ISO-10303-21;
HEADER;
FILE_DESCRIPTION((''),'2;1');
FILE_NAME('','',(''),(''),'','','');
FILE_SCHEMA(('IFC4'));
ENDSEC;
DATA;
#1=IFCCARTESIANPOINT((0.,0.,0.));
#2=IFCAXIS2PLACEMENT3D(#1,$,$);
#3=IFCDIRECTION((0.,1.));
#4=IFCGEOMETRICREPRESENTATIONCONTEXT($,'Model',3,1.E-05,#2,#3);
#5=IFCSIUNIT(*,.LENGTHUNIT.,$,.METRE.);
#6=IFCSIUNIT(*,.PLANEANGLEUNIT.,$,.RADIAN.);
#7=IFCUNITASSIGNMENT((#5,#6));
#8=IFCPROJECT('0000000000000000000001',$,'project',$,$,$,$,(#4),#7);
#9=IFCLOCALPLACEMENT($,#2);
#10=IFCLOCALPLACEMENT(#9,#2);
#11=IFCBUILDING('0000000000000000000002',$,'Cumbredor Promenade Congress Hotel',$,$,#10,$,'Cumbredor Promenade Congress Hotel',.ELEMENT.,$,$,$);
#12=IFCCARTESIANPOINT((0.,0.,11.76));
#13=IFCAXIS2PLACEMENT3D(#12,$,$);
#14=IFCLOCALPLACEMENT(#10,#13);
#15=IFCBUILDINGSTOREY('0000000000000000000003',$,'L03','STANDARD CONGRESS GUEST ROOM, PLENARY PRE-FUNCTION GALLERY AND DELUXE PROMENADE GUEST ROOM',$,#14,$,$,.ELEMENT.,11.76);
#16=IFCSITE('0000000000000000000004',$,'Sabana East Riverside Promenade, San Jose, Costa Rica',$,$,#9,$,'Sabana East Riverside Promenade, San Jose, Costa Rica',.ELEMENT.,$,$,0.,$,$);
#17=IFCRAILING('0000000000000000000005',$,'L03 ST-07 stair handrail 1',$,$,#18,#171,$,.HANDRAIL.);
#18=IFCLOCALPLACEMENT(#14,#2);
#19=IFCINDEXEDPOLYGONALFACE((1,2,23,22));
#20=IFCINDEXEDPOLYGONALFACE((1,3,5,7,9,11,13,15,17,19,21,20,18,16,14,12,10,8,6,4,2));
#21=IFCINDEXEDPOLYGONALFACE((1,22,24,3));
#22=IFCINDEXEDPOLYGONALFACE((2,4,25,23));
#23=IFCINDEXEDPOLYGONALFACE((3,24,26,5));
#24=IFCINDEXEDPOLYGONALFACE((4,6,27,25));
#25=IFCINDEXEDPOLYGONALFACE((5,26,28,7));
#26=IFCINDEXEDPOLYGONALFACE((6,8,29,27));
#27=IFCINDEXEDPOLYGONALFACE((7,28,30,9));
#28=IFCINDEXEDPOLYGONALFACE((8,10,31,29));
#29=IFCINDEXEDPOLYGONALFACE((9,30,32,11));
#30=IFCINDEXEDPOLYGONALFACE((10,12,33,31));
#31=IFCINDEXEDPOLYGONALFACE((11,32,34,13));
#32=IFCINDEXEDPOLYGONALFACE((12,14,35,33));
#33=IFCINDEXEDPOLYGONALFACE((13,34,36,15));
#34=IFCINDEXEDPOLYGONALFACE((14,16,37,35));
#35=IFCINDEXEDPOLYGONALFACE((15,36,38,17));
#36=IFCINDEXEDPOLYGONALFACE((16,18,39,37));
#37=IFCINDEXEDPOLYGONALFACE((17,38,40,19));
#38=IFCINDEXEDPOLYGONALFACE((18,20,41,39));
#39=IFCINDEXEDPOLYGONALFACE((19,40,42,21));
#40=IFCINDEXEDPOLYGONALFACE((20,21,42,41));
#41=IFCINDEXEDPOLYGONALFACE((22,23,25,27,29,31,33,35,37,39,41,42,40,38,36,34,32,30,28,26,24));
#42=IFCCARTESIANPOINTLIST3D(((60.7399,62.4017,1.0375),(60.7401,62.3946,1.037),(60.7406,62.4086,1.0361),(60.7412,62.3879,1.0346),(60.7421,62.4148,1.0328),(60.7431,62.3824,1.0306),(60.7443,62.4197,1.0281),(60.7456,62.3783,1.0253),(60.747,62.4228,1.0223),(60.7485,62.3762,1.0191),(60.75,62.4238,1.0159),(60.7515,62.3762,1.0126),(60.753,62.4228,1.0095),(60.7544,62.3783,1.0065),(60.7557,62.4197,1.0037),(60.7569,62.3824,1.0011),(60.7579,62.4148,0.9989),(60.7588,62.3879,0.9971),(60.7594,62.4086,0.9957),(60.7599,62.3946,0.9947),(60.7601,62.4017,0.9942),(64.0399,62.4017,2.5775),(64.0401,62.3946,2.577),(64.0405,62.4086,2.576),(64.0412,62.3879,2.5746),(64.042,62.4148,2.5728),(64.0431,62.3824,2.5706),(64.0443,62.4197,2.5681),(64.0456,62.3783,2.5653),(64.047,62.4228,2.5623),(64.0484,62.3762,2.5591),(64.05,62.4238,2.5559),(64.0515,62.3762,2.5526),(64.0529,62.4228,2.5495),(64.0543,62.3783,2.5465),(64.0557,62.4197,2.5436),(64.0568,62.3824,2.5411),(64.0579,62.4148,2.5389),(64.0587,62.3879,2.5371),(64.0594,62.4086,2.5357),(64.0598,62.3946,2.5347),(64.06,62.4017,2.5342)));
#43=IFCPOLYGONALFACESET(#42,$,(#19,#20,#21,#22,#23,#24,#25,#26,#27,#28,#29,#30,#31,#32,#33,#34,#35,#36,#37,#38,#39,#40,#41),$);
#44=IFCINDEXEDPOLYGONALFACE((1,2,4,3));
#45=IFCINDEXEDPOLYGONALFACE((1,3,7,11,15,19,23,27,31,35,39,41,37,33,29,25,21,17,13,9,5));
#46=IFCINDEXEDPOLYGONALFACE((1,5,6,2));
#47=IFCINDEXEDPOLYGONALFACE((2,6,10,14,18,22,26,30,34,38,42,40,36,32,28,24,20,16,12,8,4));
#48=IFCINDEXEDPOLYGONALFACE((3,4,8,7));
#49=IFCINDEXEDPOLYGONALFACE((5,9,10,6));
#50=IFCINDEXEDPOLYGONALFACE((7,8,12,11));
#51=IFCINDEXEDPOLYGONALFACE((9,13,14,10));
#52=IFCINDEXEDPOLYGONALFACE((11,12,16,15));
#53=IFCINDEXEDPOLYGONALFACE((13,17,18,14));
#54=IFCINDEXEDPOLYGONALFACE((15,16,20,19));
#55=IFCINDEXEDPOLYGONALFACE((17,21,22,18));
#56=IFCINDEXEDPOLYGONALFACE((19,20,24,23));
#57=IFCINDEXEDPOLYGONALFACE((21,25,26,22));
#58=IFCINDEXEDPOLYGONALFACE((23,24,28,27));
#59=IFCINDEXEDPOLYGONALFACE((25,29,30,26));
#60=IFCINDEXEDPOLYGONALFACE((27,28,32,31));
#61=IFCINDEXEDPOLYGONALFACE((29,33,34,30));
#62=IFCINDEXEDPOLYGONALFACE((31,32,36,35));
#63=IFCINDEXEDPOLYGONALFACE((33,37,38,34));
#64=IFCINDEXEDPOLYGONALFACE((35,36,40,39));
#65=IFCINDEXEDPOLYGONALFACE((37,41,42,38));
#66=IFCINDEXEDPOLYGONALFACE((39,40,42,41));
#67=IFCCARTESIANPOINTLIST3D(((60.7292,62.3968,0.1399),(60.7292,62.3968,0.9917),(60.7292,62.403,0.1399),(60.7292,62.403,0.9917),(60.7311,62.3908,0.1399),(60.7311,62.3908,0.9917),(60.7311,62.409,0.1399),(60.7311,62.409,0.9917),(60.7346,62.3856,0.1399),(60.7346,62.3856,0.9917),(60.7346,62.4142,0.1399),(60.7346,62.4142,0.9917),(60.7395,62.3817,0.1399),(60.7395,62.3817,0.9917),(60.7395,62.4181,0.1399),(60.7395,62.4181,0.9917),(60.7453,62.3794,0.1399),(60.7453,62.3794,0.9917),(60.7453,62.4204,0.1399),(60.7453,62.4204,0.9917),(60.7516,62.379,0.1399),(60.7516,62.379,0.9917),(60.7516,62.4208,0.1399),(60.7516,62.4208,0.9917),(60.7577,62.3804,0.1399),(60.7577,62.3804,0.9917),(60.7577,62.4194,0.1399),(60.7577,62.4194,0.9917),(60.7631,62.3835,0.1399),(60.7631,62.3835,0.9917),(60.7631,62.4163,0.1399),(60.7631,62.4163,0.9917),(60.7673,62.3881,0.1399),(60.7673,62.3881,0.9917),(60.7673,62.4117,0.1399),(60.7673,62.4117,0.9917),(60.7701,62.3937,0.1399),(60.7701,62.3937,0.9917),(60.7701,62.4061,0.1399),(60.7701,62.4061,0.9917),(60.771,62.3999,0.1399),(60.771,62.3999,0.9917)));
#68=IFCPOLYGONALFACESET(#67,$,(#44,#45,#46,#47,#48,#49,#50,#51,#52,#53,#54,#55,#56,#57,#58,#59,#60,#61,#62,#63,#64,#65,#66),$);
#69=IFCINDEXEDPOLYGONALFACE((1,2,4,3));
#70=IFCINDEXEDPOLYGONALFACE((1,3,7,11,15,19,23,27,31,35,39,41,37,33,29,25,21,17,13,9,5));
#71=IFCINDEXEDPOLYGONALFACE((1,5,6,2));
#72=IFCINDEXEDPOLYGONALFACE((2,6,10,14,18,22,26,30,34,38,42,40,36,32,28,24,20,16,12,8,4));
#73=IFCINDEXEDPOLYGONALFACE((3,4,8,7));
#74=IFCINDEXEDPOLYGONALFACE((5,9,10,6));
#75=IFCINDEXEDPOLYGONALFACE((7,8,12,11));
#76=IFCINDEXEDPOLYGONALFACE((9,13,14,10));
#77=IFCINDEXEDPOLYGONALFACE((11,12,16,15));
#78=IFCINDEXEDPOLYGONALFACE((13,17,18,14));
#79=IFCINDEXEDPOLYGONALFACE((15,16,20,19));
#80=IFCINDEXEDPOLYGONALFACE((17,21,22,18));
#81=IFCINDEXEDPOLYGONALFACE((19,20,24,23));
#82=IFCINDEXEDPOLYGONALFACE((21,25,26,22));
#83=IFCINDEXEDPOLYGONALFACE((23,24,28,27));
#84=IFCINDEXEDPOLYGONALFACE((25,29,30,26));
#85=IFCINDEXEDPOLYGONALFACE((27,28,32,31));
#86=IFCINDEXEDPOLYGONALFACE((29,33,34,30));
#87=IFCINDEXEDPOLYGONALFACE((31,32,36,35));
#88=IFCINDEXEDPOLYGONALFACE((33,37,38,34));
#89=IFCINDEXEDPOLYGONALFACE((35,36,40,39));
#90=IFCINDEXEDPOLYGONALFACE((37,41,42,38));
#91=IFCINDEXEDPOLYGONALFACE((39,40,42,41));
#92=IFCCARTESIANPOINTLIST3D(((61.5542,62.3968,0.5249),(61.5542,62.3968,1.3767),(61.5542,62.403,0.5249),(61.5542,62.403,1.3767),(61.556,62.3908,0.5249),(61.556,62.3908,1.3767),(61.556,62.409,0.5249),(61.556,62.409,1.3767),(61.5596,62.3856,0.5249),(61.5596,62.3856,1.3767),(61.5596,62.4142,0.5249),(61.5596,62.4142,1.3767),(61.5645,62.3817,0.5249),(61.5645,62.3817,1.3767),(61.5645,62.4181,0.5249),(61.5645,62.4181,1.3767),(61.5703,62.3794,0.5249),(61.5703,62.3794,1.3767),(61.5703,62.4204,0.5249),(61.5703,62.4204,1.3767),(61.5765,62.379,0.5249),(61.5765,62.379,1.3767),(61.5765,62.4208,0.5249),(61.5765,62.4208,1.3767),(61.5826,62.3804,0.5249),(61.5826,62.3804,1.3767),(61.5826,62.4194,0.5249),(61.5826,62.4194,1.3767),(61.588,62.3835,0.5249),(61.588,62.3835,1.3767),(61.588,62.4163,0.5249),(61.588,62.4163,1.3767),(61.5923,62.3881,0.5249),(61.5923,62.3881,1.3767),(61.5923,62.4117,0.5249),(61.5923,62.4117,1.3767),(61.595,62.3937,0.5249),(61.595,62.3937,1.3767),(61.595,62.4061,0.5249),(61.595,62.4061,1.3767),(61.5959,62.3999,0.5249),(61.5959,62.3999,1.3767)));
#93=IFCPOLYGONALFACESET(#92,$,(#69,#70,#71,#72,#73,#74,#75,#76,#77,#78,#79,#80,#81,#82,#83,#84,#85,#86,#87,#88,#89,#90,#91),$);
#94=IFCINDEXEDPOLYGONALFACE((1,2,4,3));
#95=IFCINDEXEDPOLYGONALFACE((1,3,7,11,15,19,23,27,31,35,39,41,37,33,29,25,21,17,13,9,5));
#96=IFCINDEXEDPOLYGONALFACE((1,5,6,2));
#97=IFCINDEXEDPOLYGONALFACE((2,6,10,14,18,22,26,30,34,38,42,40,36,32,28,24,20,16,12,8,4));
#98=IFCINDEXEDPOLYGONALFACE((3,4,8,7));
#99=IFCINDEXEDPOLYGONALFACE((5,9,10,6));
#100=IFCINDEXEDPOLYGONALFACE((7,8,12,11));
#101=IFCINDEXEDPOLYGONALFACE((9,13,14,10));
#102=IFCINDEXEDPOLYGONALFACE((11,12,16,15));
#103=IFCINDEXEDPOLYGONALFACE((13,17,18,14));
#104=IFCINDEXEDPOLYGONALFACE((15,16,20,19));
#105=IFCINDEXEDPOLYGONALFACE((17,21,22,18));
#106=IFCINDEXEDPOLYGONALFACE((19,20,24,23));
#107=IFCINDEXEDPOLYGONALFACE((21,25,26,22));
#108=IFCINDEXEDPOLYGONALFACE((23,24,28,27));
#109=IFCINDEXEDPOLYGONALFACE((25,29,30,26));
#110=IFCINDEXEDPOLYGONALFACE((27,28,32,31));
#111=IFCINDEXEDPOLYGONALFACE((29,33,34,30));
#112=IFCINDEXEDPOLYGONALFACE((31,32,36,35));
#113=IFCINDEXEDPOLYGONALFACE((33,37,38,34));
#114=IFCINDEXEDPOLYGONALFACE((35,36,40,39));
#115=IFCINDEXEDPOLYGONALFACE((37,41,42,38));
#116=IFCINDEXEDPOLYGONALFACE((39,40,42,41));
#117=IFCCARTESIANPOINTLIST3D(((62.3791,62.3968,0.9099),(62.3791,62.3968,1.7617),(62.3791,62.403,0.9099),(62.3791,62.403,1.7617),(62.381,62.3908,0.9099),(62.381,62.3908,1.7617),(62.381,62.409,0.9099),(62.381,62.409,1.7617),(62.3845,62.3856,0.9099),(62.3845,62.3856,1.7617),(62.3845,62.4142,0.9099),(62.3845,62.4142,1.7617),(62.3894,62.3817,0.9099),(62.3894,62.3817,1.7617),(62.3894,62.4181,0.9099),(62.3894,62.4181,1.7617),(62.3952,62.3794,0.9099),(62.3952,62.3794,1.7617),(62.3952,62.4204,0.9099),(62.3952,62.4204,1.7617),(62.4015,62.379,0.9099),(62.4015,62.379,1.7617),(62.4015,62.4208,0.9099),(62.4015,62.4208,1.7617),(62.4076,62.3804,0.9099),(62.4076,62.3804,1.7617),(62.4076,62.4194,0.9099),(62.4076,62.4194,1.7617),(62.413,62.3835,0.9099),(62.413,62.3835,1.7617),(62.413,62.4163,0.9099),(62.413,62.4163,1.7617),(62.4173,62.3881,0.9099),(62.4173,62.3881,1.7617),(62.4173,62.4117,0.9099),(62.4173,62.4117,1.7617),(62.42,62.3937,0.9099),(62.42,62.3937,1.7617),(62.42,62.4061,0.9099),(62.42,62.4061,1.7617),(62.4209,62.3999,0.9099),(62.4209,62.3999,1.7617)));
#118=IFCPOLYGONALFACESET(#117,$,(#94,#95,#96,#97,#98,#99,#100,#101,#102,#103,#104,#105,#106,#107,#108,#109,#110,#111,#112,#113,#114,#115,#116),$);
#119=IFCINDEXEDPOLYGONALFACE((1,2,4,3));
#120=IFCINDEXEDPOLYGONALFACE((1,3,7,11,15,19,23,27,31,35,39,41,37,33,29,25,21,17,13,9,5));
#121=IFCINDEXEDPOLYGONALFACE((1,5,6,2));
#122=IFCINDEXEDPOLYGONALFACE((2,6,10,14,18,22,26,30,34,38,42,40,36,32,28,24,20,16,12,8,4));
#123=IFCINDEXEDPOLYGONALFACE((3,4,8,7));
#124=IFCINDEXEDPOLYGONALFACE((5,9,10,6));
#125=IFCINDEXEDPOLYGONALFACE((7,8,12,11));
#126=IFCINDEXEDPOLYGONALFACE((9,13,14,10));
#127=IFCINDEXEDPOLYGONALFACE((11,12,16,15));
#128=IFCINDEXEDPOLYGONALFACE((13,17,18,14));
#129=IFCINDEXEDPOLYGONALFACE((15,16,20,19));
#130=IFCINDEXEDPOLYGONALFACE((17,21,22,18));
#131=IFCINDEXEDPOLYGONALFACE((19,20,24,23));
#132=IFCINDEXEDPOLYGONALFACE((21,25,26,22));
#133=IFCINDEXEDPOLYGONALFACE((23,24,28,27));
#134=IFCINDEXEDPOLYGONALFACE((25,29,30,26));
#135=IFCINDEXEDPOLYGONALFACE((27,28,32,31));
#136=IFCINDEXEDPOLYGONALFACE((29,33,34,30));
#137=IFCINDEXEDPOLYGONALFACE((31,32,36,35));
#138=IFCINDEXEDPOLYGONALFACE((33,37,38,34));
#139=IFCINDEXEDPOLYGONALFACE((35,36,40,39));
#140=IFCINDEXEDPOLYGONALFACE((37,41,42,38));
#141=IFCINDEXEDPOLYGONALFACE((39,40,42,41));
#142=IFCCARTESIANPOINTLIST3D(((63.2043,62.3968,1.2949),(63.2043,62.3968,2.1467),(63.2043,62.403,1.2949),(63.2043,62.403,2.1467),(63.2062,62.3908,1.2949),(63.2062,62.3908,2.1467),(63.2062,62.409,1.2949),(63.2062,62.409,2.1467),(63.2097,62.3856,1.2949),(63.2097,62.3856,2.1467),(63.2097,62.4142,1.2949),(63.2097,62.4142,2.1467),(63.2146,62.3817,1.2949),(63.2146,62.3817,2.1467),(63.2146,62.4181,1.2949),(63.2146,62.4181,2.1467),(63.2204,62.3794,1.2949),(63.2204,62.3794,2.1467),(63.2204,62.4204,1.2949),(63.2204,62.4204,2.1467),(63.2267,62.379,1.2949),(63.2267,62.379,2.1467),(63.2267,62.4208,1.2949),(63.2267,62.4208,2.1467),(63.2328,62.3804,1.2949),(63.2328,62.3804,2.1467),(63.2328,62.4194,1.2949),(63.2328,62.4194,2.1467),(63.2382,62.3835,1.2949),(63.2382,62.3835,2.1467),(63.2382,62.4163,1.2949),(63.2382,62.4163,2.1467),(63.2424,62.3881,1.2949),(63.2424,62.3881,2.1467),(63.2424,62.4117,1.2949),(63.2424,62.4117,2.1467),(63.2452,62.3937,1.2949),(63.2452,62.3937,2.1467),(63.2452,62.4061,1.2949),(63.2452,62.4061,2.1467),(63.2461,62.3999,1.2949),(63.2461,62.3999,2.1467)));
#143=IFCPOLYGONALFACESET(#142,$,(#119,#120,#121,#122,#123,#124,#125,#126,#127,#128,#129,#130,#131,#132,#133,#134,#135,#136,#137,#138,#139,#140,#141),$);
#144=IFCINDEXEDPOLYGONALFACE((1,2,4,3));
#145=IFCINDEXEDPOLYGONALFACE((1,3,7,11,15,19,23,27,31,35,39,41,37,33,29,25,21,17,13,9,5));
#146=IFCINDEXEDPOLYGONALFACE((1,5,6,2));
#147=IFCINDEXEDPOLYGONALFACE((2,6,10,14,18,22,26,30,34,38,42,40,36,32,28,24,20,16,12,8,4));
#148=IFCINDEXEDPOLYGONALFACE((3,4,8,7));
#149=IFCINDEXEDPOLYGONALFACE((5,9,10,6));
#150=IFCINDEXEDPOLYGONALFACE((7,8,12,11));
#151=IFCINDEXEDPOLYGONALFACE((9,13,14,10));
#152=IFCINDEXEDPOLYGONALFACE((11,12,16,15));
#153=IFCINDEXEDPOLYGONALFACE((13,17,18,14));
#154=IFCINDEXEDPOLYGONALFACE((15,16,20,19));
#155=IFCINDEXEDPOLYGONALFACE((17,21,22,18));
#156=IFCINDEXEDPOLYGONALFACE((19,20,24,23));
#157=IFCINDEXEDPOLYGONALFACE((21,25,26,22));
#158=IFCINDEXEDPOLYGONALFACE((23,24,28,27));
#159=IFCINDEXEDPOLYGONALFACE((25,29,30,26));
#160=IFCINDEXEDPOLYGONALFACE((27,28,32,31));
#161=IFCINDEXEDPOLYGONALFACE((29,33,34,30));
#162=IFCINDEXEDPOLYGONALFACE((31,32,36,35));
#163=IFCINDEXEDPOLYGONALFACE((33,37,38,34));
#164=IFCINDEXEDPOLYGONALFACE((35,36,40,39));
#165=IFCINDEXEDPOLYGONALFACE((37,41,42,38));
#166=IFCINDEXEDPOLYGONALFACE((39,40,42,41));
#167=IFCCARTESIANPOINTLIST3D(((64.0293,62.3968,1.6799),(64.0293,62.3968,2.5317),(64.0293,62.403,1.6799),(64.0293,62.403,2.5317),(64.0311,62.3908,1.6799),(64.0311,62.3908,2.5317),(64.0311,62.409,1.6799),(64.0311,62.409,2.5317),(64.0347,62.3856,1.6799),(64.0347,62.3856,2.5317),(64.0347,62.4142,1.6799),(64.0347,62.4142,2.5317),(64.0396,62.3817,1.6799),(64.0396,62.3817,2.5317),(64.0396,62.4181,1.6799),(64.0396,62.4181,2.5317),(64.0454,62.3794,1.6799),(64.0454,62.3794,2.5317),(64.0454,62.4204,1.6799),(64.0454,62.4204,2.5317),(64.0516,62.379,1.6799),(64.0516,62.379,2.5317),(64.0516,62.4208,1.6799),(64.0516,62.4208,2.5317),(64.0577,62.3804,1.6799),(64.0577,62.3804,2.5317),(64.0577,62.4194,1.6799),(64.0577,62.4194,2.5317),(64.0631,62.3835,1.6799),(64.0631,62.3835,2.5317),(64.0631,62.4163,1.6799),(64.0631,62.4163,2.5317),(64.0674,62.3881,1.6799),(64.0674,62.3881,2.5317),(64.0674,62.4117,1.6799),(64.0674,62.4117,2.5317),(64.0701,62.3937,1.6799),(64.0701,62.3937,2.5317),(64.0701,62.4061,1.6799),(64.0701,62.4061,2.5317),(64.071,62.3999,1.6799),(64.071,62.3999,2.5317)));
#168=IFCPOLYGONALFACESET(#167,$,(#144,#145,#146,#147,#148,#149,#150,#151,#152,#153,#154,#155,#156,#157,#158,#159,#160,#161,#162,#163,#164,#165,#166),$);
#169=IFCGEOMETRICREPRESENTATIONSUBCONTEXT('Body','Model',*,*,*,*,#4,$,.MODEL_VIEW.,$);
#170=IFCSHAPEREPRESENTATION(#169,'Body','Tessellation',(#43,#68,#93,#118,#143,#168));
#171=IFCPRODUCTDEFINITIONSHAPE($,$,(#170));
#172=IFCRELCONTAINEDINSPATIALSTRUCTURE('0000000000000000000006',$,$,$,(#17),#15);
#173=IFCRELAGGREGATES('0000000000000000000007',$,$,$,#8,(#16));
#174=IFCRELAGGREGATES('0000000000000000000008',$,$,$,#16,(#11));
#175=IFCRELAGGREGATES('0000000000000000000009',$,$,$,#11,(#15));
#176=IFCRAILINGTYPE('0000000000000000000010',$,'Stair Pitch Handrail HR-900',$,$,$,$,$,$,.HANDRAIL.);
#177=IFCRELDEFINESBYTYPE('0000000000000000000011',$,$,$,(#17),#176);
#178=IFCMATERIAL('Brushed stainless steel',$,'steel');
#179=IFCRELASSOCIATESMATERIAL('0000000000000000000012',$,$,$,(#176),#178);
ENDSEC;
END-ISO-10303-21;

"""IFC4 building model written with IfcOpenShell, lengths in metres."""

from ifc_helpers import new_model, si_unit, direction, frame, origin, origin_2d, place, context, subcontext, project, spatial, circle, extrude, material, type_object, element, save


model = new_model("IFC4")

# Units and contexts
model_context = context("Model", 3, precision=1e-05, world=origin(), true_north=direction((0.0, 1.0)))
body_context = subcontext(model_context, "Body", "Model", "MODEL_VIEW")
ifc_project = project(units=[si_unit("LENGTHUNIT", "METRE"), si_unit("PLANEANGLEUNIT", "RADIAN")], contexts=[model_context])

# Site, building, storey
site_placement = place(None, origin())
site = spatial("IfcSite", under=ifc_project, at=site_placement, Name="Sabana East Riverside Promenade, San Jose, Costa Rica", LongName="Sabana East Riverside Promenade, San Jose, Costa Rica", CompositionType="ELEMENT", RefElevation=0.0)
building_placement = place(site_placement, origin())
building = spatial("IfcBuilding", under=site, at=building_placement, Name="Cumbredor Promenade Congress Hotel", LongName="Cumbredor Promenade Congress Hotel", CompositionType="ELEMENT")
storey_placement = place(building_placement, frame((0.0, 0.0, 11.76)))
storey = spatial("IfcBuildingStorey", under=building, at=storey_placement, Name="L03", Description="STANDARD CONGRESS GUEST ROOM, PLENARY PRE-FUNCTION GALLERY AND DELUXE PROMENADE GUEST ROOM", CompositionType="ELEMENT", Elevation=11.76)

# Railing
ifc_material_1 = material(Name="Brushed stainless steel", Category="steel")
railing_type_1 = type_object("IfcRailingType", Name="Stair Pitch Handrail HR-900", PredefinedType="HANDRAIL", material=ifc_material_1)
railing_1_placement = place(storey_placement, frame((60.75, 62.3999, 0.1399)))
element("IfcRailing", 1, at=railing_1_placement, inside=storey, type_object=railing_type_1, Name="L03 ST-07 stair handrail 1", PredefinedType="HANDRAIL", context=body_context, shape_type="SweptSolid", body=[
    extrude(circle(Radius=0.0239, at=origin_2d()), frame((0.0, 0.0, 0.876), z_axis=(0.906181, 0.0, 0.422889), x_axis=(0.0, 1.0, 0.0)), (0.0, 0.0, 1.0), 3.6416),
    extrude(circle(Radius=0.021, at=origin_2d()), origin(), (0.0, 0.0, 1.0), 0.8518),
    extrude(circle(Radius=0.021, at=origin_2d()), frame((0.825, 0.0, 0.385)), (0.0, 0.0, 1.0), 0.8518),
    extrude(circle(Radius=0.021, at=origin_2d()), frame((1.6499, 0.0, 0.77)), (0.0, 0.0, 1.0), 0.8518),
    extrude(circle(Radius=0.021, at=origin_2d()), frame((2.4751, 0.0, 1.155)), (0.0, 0.0, 1.0), 0.8518),
    extrude(circle(Radius=0.021, at=origin_2d()), frame((3.3, 0.0, 1.54)), (0.0, 0.0, 1.0), 0.8518),
])

save(model, "model.ifc")
